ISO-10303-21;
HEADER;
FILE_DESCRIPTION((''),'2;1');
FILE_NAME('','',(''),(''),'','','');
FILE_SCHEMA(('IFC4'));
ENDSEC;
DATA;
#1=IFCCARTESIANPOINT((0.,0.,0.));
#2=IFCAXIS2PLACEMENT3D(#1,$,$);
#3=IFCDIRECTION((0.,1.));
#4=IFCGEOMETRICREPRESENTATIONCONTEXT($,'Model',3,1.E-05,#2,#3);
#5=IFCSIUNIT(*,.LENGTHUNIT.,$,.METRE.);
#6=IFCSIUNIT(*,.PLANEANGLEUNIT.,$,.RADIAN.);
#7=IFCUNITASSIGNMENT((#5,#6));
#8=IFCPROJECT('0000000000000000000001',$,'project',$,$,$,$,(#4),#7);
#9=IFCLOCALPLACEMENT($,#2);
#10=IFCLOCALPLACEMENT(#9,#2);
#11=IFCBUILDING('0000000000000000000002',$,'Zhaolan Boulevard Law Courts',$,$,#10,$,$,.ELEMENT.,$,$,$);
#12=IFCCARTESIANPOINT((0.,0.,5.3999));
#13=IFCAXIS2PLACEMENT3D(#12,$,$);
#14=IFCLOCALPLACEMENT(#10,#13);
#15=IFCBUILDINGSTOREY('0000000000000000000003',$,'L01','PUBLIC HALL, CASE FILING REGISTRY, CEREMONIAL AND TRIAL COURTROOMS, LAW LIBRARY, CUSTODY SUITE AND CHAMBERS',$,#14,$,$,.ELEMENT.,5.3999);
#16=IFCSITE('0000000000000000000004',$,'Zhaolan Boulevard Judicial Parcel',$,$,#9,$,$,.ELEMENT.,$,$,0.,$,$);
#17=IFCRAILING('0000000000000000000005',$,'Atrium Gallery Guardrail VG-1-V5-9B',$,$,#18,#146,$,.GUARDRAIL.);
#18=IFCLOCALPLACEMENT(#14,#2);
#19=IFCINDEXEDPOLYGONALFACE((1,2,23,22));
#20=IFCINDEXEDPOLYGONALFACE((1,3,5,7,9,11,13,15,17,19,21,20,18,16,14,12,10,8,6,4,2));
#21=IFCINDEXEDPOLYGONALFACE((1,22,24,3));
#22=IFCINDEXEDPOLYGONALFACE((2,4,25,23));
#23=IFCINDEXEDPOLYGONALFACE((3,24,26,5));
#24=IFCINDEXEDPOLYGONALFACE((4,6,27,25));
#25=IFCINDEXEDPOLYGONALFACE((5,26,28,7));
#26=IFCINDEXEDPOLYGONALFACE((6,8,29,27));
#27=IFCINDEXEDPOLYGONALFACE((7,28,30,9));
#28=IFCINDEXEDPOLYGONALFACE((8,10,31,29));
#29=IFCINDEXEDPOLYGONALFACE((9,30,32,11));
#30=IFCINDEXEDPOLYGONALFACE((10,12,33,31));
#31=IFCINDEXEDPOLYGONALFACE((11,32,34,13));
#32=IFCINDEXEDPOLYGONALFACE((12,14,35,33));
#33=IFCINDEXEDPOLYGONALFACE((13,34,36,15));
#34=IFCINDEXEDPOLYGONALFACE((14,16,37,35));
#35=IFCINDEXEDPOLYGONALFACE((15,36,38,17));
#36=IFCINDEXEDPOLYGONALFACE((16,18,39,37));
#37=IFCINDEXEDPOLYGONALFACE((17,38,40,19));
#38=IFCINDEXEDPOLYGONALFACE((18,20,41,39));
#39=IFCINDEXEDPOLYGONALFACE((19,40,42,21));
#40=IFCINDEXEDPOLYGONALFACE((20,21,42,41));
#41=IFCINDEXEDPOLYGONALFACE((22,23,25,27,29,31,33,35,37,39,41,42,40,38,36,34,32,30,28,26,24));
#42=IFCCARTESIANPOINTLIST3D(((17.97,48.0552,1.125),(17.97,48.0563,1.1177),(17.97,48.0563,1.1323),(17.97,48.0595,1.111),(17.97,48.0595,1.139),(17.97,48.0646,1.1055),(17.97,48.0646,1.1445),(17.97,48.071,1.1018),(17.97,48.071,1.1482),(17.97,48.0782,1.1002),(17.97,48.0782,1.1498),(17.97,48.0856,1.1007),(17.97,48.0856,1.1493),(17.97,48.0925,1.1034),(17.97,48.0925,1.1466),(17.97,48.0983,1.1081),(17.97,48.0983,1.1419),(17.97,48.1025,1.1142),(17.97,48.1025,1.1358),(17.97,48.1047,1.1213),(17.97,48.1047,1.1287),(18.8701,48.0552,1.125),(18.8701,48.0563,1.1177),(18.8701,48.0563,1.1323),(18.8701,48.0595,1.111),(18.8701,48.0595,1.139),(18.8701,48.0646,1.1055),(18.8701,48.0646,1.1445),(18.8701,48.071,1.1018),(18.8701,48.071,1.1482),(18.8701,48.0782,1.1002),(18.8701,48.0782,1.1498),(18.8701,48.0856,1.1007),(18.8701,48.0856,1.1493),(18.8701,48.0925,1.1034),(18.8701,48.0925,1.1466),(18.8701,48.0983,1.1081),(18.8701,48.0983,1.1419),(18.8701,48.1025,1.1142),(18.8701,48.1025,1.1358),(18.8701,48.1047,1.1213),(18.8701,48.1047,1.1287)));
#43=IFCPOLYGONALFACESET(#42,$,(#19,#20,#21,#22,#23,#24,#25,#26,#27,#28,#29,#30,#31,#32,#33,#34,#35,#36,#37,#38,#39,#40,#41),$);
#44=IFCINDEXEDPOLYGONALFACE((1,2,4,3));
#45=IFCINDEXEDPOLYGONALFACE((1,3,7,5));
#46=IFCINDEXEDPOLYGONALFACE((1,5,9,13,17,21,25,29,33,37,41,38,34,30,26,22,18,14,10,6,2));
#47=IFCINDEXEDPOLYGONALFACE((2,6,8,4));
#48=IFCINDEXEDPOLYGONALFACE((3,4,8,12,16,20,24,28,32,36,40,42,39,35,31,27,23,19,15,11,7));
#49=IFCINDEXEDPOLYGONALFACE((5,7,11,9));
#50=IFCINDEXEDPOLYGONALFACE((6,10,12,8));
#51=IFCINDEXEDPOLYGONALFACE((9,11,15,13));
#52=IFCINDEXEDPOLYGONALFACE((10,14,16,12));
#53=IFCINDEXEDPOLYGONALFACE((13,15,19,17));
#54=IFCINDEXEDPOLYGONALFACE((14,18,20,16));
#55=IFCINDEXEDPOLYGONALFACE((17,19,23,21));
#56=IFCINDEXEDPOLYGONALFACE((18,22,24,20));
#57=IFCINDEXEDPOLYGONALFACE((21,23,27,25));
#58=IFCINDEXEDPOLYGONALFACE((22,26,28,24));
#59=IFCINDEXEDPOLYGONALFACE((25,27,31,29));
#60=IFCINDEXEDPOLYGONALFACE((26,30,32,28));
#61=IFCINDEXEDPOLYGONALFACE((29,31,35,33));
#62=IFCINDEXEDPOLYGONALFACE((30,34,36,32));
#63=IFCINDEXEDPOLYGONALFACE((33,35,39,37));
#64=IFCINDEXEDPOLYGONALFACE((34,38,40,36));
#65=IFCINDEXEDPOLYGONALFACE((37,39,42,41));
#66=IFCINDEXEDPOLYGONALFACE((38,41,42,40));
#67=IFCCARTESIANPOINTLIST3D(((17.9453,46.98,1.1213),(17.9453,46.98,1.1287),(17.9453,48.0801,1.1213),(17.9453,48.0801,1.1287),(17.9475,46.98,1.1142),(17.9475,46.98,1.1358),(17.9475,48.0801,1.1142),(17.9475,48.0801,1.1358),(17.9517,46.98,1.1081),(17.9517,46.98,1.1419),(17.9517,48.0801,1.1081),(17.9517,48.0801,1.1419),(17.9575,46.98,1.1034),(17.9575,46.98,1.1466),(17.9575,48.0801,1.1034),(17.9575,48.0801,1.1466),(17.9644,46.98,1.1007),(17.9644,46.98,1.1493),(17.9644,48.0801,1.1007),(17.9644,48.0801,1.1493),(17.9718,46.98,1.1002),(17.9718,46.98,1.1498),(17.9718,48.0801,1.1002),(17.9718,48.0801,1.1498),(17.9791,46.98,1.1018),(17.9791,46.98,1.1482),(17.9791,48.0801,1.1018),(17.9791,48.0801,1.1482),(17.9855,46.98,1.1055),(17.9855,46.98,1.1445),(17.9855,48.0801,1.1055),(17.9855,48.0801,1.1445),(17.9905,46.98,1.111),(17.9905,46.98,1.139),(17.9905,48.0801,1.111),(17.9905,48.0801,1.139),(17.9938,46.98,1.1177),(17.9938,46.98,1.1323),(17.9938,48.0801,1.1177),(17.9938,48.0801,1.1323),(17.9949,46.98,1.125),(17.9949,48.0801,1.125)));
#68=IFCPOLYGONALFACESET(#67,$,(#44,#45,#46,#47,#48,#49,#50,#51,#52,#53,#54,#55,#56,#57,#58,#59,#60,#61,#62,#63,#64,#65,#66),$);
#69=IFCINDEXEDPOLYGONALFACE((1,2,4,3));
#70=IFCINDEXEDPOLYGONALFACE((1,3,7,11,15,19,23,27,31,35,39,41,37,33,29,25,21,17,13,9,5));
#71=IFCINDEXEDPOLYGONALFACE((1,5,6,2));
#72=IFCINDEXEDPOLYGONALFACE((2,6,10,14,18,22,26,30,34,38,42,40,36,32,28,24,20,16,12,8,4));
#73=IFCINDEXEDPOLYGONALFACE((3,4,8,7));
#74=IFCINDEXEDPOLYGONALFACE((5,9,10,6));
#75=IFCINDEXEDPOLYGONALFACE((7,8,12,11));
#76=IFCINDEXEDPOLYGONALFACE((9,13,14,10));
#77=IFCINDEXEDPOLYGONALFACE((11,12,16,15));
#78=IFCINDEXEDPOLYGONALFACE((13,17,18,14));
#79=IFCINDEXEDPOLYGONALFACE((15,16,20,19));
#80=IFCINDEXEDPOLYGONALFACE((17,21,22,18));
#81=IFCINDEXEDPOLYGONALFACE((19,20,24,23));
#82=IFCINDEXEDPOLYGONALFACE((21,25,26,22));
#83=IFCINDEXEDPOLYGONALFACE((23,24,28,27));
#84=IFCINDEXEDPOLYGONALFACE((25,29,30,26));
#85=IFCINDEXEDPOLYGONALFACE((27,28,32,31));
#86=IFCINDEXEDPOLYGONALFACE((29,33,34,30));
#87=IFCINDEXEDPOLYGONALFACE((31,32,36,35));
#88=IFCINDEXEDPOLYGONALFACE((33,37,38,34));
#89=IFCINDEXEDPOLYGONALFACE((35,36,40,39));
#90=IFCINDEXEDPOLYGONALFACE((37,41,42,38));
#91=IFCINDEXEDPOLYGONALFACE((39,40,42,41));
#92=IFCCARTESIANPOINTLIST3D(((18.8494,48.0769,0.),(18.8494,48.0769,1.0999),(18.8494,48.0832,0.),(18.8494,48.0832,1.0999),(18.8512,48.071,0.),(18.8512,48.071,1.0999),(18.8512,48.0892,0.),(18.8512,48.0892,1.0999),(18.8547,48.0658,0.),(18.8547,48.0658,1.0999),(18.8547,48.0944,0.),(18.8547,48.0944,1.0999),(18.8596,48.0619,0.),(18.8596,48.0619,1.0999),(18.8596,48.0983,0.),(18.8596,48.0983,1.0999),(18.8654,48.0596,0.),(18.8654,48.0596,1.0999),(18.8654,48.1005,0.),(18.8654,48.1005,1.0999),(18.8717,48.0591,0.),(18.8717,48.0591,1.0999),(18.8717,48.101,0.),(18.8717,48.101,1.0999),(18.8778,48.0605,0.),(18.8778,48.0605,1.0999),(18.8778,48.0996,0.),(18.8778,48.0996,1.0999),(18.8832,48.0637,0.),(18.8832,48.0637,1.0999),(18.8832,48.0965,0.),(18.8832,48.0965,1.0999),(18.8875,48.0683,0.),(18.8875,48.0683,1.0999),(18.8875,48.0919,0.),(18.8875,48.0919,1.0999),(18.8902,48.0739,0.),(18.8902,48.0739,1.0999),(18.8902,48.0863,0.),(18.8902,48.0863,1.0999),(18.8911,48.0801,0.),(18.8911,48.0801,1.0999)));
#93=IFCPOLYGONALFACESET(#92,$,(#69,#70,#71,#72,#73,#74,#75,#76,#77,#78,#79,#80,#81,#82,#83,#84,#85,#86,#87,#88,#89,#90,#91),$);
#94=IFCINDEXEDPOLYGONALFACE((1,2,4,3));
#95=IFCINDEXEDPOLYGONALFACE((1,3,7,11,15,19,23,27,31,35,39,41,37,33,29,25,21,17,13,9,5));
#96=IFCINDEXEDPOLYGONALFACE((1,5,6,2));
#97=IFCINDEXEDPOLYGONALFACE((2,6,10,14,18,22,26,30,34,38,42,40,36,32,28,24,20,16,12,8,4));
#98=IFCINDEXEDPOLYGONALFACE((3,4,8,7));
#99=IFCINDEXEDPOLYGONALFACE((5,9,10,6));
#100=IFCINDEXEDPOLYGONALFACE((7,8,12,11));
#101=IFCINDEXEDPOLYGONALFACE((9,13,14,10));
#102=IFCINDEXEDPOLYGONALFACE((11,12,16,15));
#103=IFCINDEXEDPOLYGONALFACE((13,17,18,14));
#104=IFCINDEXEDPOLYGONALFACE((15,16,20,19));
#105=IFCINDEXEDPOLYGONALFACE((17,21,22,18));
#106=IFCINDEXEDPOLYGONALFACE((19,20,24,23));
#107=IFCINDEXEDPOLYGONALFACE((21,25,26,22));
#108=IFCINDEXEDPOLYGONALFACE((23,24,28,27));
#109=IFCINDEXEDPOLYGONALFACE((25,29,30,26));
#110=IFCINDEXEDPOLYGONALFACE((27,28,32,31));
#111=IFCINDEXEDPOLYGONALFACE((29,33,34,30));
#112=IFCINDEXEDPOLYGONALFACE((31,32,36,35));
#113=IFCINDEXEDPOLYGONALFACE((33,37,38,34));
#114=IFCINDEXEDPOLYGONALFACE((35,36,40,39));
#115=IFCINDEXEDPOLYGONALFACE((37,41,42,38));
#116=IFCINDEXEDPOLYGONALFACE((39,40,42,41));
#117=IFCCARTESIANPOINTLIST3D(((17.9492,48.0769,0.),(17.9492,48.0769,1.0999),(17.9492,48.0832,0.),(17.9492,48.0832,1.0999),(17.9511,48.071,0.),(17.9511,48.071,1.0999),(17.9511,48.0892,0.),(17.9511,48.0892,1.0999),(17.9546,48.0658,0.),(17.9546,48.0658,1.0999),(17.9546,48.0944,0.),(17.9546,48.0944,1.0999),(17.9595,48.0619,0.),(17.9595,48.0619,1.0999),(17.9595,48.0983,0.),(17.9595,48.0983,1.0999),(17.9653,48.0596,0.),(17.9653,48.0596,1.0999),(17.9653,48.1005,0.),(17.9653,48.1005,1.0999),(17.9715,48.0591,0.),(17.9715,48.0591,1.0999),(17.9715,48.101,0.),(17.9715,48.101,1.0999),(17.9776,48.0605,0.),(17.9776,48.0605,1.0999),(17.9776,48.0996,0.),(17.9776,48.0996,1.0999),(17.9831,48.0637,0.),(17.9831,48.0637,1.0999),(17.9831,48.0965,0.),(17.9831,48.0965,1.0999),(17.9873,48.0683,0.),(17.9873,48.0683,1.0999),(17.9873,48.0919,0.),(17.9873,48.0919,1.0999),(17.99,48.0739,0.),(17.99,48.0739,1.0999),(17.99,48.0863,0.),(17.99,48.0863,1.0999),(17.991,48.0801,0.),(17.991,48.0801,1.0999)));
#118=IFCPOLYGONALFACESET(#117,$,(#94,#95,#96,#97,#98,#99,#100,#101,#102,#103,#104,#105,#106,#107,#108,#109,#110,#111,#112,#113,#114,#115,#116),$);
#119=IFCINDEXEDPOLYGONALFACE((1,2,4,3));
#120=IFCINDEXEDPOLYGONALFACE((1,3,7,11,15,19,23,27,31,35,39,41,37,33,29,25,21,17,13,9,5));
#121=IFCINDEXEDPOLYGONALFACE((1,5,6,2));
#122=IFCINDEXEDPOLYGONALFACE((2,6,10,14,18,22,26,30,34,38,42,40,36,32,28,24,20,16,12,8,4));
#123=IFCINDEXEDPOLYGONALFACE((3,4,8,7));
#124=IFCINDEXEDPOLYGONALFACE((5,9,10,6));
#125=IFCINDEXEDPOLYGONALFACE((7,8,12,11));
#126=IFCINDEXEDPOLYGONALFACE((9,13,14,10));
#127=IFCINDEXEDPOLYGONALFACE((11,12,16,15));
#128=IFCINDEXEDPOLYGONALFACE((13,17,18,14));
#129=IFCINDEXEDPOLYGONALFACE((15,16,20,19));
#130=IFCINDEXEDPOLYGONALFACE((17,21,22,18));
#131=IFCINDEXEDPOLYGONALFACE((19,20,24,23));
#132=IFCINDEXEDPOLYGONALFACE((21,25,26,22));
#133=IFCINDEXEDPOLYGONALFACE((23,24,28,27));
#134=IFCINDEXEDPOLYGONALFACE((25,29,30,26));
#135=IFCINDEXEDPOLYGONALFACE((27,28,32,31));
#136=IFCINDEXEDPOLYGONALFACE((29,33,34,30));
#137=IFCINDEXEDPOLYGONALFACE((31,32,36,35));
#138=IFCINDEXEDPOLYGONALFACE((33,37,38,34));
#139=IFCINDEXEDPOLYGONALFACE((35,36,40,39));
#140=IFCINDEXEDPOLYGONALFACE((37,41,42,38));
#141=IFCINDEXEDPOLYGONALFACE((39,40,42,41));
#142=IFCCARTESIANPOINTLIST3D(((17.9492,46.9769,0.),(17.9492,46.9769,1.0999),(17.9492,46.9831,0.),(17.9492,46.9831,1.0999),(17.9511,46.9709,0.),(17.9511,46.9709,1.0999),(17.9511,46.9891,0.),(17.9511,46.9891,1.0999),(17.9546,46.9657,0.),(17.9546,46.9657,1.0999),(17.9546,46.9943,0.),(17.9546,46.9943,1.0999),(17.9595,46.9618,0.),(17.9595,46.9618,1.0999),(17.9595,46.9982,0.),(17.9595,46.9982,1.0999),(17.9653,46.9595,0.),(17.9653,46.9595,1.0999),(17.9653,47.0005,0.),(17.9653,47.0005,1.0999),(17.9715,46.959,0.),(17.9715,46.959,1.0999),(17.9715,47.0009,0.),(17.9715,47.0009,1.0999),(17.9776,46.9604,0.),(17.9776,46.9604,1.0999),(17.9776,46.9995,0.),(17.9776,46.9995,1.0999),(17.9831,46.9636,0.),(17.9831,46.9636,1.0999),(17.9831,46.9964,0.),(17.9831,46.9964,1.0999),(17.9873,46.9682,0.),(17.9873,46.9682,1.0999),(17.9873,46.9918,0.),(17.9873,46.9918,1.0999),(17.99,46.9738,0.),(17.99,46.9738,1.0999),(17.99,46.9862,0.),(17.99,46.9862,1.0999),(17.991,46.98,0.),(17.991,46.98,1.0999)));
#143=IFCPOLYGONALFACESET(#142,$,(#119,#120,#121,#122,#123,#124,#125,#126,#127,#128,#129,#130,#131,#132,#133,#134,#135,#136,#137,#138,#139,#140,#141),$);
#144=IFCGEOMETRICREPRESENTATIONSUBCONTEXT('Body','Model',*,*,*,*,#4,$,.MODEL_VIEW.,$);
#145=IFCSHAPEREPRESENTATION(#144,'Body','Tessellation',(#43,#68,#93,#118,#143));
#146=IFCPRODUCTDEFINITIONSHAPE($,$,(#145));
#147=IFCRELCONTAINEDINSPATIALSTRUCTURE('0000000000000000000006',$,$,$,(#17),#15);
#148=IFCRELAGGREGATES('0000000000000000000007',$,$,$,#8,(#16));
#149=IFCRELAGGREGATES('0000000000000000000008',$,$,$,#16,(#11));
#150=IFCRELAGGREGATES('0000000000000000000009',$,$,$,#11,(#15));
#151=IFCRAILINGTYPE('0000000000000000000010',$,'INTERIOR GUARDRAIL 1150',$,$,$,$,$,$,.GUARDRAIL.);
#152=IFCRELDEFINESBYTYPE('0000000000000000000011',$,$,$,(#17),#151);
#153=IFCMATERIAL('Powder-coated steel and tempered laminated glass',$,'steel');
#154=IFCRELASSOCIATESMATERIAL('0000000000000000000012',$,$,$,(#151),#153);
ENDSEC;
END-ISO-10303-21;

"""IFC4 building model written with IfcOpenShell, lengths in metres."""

from ifc_helpers import new_model, si_unit, direction, frame, origin, origin_2d, place, context, subcontext, project, spatial, circle, extrude, material, type_object, element, save


model = new_model("IFC4")

# Units and contexts
model_context = context("Model", 3, precision=1e-05, world=origin(), true_north=direction((0.0, 1.0)))
body_context = subcontext(model_context, "Body", "Model", "MODEL_VIEW")
ifc_project = project(units=[si_unit("LENGTHUNIT", "METRE"), si_unit("PLANEANGLEUNIT", "RADIAN")], contexts=[model_context])

# Site, building, storey
site_placement = place(None, origin())
site = spatial("IfcSite", under=ifc_project, at=site_placement, Name="Zhaolan Boulevard Judicial Parcel", CompositionType="ELEMENT", RefElevation=0.0)
building_placement = place(site_placement, origin())
building = spatial("IfcBuilding", under=site, at=building_placement, Name="Zhaolan Boulevard Law Courts", CompositionType="ELEMENT")
storey_placement = place(building_placement, frame((0.0, 0.0, 5.3999)))
storey = spatial("IfcBuildingStorey", under=building, at=storey_placement, Name="L01", Description="PUBLIC HALL, CASE FILING REGISTRY, CEREMONIAL AND TRIAL COURTROOMS, LAW LIBRARY, CUSTODY SUITE AND CHAMBERS", CompositionType="ELEMENT", Elevation=5.3999)

# Railing
ifc_material_1 = material(Name="Powder-coated steel and tempered laminated glass", Category="steel")
railing_type_1 = type_object("IfcRailingType", Name="INTERIOR GUARDRAIL 1150", PredefinedType="GUARDRAIL", material=ifc_material_1)
railing_1_placement = place(storey_placement, frame((18.8701, 48.0801, 0.0)))
element("IfcRailing", 1, at=railing_1_placement, inside=storey, type_object=railing_type_1, Name="Atrium Gallery Guardrail VG-1-V5-9B", PredefinedType="GUARDRAIL", context=body_context, shape_type="SweptSolid", body=[
    extrude(circle(Radius=0.0249, at=origin_2d()), frame((0.0, 0.0, 1.125), z_axis=(-1.0, 0.0, 0.0), x_axis=(0.0, -1.0, 0.0)), (0.0, 0.0, 1.0), 0.9001),
    extrude(circle(Radius=0.0249, at=origin_2d()), frame((-0.9001, 0.0, 1.125), z_axis=(0.0, -1.0, 0.0), x_axis=(1.0, 0.0, 0.0)), (0.0, 0.0, 1.0), 1.1001),
    extrude(circle(Radius=0.021, at=origin_2d()), origin(), (0.0, 0.0, 1.0), 1.0999),
    extrude(circle(Radius=0.021, at=origin_2d()), frame((-0.9001, 0.0, 0.0)), (0.0, 0.0, 1.0), 1.0999),
    extrude(circle(Radius=0.021, at=origin_2d()), frame((-0.9001, -1.1001, 0.0)), (0.0, 0.0, 1.0), 1.0999),
])

save(model, "model.ifc")
